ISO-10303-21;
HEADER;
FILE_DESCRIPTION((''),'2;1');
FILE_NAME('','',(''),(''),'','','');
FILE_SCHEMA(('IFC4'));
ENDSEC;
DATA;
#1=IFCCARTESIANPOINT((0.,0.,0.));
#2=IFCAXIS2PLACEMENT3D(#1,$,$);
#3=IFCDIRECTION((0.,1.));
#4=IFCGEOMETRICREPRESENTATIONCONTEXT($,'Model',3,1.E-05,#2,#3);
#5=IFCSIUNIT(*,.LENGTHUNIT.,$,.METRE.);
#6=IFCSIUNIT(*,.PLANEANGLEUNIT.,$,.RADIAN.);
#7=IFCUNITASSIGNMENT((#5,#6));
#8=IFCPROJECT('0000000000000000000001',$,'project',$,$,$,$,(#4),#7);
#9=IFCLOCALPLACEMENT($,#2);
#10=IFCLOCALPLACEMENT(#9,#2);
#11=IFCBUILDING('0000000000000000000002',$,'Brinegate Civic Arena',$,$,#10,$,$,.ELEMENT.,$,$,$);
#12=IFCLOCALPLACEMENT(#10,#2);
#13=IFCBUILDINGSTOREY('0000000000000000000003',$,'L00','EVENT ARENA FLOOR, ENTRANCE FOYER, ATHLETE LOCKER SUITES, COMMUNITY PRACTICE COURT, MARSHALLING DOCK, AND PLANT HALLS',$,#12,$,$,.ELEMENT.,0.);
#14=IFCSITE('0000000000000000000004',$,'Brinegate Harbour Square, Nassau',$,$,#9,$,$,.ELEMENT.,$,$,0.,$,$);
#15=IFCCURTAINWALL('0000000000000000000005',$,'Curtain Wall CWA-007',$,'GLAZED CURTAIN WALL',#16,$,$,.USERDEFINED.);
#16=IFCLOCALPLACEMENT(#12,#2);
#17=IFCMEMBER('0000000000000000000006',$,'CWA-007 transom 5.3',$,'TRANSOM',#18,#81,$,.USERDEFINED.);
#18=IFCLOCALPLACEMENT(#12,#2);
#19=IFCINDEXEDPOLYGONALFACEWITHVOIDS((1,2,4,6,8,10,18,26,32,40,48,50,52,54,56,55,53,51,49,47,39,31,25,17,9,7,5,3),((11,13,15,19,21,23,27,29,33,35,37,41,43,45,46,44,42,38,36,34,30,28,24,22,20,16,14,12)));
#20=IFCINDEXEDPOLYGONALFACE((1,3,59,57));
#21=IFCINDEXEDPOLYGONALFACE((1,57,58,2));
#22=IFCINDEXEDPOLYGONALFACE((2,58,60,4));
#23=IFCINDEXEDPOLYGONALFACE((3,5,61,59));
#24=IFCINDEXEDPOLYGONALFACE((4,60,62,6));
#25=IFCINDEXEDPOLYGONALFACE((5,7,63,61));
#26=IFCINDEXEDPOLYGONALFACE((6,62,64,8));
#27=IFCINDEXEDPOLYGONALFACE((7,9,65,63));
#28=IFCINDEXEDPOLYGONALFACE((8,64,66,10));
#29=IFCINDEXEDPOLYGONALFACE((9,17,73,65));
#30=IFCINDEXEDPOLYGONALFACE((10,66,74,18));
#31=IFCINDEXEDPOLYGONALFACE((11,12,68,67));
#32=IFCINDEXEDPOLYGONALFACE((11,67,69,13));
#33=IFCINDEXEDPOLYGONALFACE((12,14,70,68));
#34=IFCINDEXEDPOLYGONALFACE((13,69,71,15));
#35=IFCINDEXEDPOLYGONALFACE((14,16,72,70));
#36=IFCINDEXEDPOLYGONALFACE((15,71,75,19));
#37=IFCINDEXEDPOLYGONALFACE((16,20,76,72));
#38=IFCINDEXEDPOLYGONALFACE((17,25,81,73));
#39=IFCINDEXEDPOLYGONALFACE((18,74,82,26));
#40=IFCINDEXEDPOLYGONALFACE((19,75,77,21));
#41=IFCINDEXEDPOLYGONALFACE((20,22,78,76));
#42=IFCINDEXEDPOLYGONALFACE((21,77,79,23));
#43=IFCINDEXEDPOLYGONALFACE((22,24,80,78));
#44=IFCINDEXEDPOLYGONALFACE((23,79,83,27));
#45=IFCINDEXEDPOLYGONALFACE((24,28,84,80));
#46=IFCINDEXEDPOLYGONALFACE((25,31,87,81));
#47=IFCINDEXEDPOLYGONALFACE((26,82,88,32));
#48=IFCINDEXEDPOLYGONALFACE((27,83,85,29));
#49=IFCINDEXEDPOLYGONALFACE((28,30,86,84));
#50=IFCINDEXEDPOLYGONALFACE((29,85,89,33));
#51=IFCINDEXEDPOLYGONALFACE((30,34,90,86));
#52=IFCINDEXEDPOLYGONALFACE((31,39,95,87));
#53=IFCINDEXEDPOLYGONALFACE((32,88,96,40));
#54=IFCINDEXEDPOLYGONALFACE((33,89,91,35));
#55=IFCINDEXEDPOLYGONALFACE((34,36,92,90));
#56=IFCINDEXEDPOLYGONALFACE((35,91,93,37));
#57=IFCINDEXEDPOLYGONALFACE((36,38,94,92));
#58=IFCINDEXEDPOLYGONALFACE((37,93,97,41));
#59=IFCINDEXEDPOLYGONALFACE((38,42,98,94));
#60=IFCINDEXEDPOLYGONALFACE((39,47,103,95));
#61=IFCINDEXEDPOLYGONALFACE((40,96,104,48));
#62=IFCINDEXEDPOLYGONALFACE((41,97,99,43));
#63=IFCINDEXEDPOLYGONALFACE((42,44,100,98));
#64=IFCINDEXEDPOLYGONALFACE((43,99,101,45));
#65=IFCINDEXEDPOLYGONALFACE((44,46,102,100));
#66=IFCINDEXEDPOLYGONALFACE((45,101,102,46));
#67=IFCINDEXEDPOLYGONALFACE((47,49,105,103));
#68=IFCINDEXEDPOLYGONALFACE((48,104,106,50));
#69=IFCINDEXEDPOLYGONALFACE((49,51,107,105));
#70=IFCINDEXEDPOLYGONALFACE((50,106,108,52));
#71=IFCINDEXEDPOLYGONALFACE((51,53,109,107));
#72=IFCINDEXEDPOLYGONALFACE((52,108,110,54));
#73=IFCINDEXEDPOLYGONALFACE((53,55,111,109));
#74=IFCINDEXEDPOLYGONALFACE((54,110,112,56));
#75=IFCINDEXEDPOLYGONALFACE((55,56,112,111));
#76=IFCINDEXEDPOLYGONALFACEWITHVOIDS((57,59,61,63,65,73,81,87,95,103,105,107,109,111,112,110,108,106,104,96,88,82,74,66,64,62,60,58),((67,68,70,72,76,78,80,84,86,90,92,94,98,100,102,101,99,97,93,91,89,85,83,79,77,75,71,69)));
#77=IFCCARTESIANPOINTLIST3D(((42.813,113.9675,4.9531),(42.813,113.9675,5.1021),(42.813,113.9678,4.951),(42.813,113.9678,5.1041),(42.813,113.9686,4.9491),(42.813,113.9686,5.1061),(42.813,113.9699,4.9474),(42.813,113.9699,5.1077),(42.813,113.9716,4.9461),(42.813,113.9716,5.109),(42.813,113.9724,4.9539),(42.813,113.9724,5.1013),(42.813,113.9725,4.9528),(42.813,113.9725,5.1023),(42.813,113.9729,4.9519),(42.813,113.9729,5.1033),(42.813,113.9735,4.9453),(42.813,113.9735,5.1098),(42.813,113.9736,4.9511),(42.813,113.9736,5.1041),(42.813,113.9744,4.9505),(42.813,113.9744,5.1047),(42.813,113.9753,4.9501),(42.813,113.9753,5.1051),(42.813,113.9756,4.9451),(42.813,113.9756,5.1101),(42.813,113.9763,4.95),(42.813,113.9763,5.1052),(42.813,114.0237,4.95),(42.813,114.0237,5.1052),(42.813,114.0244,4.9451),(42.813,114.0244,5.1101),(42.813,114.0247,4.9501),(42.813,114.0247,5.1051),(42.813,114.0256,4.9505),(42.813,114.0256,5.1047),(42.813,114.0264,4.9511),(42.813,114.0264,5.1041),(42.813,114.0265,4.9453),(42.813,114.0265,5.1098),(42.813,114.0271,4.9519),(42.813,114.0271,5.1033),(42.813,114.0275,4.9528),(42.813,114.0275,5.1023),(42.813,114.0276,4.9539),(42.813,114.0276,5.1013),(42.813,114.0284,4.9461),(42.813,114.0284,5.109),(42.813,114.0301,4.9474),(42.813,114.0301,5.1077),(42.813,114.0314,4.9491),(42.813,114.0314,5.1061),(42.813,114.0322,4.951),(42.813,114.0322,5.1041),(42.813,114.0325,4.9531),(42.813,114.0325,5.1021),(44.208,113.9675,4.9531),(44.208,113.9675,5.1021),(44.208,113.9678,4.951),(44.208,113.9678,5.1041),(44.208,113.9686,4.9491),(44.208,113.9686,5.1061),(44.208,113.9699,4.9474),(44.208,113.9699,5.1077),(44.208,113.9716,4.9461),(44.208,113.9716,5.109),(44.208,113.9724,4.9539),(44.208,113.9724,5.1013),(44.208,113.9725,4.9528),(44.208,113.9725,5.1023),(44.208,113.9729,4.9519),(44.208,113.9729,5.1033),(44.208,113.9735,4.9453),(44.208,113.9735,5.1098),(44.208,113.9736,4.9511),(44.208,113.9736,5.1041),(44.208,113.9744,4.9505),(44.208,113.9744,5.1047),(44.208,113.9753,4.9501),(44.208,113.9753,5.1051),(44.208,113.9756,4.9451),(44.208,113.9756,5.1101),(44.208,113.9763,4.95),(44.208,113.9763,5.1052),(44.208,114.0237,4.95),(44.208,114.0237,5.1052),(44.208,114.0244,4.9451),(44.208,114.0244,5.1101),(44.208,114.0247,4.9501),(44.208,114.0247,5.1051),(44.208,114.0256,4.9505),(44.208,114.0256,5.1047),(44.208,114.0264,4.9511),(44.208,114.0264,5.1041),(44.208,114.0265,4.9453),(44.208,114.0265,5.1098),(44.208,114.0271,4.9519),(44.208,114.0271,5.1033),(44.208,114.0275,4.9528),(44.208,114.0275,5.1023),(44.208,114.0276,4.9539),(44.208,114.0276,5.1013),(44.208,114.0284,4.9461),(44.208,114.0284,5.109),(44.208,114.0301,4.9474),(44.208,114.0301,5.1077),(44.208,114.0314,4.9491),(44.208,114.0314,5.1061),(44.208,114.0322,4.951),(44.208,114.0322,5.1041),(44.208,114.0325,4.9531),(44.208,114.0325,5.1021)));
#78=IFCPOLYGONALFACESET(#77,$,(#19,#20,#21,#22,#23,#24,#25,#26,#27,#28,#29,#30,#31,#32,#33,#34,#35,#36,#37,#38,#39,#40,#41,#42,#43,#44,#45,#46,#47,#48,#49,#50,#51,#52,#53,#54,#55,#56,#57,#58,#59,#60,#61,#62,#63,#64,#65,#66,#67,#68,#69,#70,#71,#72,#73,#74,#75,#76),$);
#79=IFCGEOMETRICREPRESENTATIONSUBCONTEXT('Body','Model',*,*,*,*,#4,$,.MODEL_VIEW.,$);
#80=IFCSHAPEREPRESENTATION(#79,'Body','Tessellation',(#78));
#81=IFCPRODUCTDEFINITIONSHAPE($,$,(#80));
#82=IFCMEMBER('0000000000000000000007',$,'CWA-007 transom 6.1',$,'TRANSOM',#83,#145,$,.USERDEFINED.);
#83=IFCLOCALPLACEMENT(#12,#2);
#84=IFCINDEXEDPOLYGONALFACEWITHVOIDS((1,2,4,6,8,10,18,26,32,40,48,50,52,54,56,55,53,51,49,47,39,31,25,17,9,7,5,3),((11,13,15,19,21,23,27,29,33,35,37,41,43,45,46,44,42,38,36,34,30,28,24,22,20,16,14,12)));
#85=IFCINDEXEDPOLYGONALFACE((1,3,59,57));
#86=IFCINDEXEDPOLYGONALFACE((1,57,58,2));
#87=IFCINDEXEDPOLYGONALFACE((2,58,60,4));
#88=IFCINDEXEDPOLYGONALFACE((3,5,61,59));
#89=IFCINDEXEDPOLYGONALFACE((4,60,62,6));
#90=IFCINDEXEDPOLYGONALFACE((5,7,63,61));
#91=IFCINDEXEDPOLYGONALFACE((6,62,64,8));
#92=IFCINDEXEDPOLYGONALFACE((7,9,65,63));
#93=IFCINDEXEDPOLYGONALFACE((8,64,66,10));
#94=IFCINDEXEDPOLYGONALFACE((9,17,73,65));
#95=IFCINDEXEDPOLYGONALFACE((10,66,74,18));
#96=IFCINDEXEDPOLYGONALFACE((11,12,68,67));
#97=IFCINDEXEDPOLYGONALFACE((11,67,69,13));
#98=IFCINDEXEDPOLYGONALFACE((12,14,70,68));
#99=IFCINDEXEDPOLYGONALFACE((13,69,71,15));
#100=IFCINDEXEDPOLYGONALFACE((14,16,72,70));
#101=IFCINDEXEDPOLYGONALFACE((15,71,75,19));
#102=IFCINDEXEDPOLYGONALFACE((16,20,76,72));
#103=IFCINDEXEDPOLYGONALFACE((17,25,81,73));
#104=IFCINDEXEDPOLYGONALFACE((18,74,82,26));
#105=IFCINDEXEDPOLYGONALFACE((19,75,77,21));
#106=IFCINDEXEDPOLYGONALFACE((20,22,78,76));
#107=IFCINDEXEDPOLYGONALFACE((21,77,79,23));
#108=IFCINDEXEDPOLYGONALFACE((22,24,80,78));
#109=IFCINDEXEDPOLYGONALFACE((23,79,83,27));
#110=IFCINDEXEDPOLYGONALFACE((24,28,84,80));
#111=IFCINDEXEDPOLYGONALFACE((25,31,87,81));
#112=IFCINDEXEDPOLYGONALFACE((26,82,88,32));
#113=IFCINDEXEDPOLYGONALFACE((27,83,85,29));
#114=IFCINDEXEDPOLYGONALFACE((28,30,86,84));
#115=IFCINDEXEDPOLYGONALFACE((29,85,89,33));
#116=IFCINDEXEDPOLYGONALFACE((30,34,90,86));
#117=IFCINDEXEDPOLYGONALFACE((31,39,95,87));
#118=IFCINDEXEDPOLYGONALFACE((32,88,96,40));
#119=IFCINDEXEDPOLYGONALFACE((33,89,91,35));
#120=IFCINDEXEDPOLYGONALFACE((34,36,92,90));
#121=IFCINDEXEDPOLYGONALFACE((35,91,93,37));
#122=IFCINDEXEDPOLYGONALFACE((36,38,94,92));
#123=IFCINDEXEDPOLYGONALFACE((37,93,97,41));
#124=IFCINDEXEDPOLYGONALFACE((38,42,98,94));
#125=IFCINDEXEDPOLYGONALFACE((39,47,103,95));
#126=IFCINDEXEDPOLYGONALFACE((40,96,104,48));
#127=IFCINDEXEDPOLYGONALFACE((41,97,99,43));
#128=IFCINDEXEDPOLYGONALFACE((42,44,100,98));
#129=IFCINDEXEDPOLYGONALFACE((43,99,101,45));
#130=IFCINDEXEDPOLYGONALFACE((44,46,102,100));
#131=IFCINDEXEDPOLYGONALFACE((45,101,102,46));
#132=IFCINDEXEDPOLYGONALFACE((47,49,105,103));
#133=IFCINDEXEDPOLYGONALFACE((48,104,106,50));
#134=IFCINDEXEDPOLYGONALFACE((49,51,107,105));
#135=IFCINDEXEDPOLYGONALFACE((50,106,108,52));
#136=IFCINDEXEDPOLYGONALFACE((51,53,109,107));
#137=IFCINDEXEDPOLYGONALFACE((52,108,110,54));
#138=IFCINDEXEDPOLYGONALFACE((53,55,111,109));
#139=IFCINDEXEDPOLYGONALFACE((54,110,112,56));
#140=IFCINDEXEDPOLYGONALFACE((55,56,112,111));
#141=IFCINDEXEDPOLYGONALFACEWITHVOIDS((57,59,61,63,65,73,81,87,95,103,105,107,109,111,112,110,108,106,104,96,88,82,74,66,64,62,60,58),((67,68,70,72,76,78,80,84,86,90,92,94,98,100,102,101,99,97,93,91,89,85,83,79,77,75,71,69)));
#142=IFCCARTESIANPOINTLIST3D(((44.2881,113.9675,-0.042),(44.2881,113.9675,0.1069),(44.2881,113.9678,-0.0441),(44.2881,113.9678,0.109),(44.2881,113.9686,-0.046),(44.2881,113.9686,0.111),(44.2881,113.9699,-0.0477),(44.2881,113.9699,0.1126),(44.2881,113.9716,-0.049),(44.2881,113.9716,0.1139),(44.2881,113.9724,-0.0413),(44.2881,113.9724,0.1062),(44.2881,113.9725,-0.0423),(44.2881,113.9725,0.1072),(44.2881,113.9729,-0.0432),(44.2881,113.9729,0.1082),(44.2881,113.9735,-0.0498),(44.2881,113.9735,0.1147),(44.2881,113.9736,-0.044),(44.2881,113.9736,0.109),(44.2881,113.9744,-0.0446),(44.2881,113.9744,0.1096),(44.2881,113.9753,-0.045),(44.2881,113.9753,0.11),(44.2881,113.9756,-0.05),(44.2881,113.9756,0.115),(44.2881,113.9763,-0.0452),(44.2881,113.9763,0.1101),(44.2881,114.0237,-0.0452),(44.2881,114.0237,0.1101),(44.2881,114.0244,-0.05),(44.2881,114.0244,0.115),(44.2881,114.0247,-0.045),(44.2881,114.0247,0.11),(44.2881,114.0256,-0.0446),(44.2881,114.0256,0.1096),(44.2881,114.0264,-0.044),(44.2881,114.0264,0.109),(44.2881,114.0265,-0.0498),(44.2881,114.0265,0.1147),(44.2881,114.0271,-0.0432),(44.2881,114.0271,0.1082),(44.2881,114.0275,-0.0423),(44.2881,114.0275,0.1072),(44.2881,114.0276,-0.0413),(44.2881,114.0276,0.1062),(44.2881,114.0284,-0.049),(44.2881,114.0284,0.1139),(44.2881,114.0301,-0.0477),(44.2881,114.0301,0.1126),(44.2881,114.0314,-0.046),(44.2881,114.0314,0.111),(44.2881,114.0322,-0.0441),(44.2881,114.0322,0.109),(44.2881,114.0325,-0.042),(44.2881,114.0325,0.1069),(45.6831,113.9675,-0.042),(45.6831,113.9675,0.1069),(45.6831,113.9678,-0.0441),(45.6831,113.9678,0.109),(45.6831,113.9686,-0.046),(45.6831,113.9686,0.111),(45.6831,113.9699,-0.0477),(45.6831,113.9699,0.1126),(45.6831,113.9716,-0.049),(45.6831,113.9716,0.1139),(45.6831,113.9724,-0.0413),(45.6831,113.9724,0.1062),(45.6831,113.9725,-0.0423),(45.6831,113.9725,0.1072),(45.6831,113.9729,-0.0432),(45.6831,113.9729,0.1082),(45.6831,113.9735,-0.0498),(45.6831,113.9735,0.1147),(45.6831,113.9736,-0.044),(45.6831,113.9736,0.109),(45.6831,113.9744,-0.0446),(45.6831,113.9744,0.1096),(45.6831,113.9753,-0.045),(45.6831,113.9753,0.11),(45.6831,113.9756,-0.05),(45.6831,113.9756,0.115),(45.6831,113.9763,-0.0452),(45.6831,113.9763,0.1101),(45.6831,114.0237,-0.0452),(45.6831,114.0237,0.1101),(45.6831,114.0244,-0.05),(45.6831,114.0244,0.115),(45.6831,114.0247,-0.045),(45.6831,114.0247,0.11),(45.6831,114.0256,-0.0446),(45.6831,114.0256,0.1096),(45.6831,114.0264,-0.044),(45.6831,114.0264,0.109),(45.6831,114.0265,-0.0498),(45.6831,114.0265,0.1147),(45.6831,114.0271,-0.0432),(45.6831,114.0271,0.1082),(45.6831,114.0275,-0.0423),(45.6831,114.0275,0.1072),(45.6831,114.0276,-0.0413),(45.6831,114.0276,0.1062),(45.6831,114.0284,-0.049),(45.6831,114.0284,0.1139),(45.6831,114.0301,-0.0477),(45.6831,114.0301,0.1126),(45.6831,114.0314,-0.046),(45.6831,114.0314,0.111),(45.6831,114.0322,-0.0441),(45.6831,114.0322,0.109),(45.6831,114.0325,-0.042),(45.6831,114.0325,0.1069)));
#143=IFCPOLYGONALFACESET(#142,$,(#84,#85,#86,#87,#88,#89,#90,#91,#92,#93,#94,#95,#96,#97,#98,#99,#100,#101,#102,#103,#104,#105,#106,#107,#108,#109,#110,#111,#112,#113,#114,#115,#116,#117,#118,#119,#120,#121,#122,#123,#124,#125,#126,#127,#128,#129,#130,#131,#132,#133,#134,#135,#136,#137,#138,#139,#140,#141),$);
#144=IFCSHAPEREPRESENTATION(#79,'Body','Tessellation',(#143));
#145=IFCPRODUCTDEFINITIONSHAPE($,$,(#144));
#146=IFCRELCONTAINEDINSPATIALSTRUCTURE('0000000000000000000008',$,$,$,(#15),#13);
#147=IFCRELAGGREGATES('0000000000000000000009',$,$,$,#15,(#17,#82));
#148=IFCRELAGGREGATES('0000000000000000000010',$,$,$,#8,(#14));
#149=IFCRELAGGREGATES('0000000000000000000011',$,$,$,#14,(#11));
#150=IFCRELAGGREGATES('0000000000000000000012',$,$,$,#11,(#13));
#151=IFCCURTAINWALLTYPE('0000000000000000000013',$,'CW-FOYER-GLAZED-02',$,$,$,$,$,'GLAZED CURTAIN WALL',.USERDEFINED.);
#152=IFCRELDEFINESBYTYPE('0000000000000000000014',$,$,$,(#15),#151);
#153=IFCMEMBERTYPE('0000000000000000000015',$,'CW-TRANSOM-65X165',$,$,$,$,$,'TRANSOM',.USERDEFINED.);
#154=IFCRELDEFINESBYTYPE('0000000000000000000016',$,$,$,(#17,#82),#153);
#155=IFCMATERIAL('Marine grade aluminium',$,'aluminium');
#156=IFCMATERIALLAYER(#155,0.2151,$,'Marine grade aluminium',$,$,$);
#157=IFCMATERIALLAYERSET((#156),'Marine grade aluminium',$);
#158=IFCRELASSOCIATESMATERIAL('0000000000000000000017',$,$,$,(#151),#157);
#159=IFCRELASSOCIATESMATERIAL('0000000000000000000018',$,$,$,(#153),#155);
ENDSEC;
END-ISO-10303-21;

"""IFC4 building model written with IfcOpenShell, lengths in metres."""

from ifc_helpers import new_model, si_unit, direction, frame, origin, origin_2d, place, context, subcontext, project, spatial, hollow_rectangle, extrude, material, layer, layer_set, material_profile, profile_set, type_object, element, aggregate, save


model = new_model("IFC4")

# Units and contexts
model_context = context("Model", 3, precision=1e-05, world=origin(), true_north=direction((0.0, 1.0)))
body_context = subcontext(model_context, "Body", "Model", "MODEL_VIEW")
ifc_project = project(units=[si_unit("LENGTHUNIT", "METRE"), si_unit("PLANEANGLEUNIT", "RADIAN")], contexts=[model_context])

# Site, building, storey
site_placement = place(None, origin())
site = spatial("IfcSite", under=ifc_project, at=site_placement, Name="Brinegate Harbour Square, Nassau", CompositionType="ELEMENT", RefElevation=0.0)
building_placement = place(site_placement, origin())
building = spatial("IfcBuilding", under=site, at=building_placement, Name="Brinegate Civic Arena", CompositionType="ELEMENT")
storey_placement = place(building_placement, origin())
storey = spatial("IfcBuildingStorey", under=building, at=storey_placement, Name="L00", Description="EVENT ARENA FLOOR, ENTRANCE FOYER, ATHLETE LOCKER SUITES, COMMUNITY PRACTICE COURT, MARSHALLING DOCK, AND PLANT HALLS", CompositionType="ELEMENT", Elevation=0.0)

# Curtain wall, members
ifc_material_1 = material(Name="Marine grade aluminium", Category="aluminium")
ifc_layer_1 = layer(ifc_material_1, 0.2151, Name="Marine grade aluminium")
ifc_layer_set_1 = layer_set([ifc_layer_1], Name="Marine grade aluminium")
curtain_wall_type = type_object("IfcCurtainWallType", Name="CW-FOYER-GLAZED-02", ElementType="GLAZED CURTAIN WALL", PredefinedType="USERDEFINED", material=ifc_layer_set_1)
curtain_wall_placement = place(storey_placement, origin())
curtain_wall = element("IfcCurtainWall", 1, at=curtain_wall_placement, inside=storey, type_object=curtain_wall_type, Name="Curtain Wall CWA-007", ObjectType="GLAZED CURTAIN WALL", PredefinedType="USERDEFINED")
ifc_material_profile_1 = material_profile(ifc_material_1, hollow_rectangle(XDim=0.0649, YDim=0.165, WallThickness=0.0049, InnerFilletRadius=0.0039, OuterFilletRadius=0.0081, at=origin_2d()), Name="TRN65X165")
ifc_profile_set_1 = profile_set([ifc_material_profile_1], Name="Marine grade aluminium")
member_type_1 = type_object("IfcMemberType", Name="CW-TRANSOM-65X165", ElementType="TRANSOM", PredefinedType="USERDEFINED", material=ifc_profile_set_1)
member_1_placement = place(storey_placement, frame((42.813, 114.0, 5.0276), z_axis=(1.0, 0.0, 0.0), x_axis=(0.0, 1.0, 0.0)))
member_1 = element("IfcMember", 2, at=member_1_placement, type_object=member_type_1, Name="CWA-007 transom 5.3", ObjectType="TRANSOM", PredefinedType="USERDEFINED", context=body_context, shape_type="SweptSolid", body=[
    extrude(hollow_rectangle(XDim=0.0649, YDim=0.165, WallThickness=0.0049, InnerFilletRadius=0.0039, OuterFilletRadius=0.0081, at=origin_2d()), origin(), (0.0, 0.0, 1.0), 1.395),
])
member_2_placement = place(storey_placement, frame((44.2881, 114.0, 0.0325), z_axis=(1.0, 0.0, 0.0), x_axis=(0.0, 1.0, 0.0)))
member_2 = element("IfcMember", 3, at=member_2_placement, type_object=member_type_1, Name="CWA-007 transom 6.1", ObjectType="TRANSOM", PredefinedType="USERDEFINED", context=body_context, shape_type="SweptSolid", body=[
    extrude(hollow_rectangle(XDim=0.0649, YDim=0.165, WallThickness=0.0049, InnerFilletRadius=0.0039, OuterFilletRadius=0.0081, at=origin_2d()), origin(), (0.0, 0.0, 1.0), 1.395),
])
aggregate(curtain_wall, [member_1, member_2])

save(model, "model.ifc")
